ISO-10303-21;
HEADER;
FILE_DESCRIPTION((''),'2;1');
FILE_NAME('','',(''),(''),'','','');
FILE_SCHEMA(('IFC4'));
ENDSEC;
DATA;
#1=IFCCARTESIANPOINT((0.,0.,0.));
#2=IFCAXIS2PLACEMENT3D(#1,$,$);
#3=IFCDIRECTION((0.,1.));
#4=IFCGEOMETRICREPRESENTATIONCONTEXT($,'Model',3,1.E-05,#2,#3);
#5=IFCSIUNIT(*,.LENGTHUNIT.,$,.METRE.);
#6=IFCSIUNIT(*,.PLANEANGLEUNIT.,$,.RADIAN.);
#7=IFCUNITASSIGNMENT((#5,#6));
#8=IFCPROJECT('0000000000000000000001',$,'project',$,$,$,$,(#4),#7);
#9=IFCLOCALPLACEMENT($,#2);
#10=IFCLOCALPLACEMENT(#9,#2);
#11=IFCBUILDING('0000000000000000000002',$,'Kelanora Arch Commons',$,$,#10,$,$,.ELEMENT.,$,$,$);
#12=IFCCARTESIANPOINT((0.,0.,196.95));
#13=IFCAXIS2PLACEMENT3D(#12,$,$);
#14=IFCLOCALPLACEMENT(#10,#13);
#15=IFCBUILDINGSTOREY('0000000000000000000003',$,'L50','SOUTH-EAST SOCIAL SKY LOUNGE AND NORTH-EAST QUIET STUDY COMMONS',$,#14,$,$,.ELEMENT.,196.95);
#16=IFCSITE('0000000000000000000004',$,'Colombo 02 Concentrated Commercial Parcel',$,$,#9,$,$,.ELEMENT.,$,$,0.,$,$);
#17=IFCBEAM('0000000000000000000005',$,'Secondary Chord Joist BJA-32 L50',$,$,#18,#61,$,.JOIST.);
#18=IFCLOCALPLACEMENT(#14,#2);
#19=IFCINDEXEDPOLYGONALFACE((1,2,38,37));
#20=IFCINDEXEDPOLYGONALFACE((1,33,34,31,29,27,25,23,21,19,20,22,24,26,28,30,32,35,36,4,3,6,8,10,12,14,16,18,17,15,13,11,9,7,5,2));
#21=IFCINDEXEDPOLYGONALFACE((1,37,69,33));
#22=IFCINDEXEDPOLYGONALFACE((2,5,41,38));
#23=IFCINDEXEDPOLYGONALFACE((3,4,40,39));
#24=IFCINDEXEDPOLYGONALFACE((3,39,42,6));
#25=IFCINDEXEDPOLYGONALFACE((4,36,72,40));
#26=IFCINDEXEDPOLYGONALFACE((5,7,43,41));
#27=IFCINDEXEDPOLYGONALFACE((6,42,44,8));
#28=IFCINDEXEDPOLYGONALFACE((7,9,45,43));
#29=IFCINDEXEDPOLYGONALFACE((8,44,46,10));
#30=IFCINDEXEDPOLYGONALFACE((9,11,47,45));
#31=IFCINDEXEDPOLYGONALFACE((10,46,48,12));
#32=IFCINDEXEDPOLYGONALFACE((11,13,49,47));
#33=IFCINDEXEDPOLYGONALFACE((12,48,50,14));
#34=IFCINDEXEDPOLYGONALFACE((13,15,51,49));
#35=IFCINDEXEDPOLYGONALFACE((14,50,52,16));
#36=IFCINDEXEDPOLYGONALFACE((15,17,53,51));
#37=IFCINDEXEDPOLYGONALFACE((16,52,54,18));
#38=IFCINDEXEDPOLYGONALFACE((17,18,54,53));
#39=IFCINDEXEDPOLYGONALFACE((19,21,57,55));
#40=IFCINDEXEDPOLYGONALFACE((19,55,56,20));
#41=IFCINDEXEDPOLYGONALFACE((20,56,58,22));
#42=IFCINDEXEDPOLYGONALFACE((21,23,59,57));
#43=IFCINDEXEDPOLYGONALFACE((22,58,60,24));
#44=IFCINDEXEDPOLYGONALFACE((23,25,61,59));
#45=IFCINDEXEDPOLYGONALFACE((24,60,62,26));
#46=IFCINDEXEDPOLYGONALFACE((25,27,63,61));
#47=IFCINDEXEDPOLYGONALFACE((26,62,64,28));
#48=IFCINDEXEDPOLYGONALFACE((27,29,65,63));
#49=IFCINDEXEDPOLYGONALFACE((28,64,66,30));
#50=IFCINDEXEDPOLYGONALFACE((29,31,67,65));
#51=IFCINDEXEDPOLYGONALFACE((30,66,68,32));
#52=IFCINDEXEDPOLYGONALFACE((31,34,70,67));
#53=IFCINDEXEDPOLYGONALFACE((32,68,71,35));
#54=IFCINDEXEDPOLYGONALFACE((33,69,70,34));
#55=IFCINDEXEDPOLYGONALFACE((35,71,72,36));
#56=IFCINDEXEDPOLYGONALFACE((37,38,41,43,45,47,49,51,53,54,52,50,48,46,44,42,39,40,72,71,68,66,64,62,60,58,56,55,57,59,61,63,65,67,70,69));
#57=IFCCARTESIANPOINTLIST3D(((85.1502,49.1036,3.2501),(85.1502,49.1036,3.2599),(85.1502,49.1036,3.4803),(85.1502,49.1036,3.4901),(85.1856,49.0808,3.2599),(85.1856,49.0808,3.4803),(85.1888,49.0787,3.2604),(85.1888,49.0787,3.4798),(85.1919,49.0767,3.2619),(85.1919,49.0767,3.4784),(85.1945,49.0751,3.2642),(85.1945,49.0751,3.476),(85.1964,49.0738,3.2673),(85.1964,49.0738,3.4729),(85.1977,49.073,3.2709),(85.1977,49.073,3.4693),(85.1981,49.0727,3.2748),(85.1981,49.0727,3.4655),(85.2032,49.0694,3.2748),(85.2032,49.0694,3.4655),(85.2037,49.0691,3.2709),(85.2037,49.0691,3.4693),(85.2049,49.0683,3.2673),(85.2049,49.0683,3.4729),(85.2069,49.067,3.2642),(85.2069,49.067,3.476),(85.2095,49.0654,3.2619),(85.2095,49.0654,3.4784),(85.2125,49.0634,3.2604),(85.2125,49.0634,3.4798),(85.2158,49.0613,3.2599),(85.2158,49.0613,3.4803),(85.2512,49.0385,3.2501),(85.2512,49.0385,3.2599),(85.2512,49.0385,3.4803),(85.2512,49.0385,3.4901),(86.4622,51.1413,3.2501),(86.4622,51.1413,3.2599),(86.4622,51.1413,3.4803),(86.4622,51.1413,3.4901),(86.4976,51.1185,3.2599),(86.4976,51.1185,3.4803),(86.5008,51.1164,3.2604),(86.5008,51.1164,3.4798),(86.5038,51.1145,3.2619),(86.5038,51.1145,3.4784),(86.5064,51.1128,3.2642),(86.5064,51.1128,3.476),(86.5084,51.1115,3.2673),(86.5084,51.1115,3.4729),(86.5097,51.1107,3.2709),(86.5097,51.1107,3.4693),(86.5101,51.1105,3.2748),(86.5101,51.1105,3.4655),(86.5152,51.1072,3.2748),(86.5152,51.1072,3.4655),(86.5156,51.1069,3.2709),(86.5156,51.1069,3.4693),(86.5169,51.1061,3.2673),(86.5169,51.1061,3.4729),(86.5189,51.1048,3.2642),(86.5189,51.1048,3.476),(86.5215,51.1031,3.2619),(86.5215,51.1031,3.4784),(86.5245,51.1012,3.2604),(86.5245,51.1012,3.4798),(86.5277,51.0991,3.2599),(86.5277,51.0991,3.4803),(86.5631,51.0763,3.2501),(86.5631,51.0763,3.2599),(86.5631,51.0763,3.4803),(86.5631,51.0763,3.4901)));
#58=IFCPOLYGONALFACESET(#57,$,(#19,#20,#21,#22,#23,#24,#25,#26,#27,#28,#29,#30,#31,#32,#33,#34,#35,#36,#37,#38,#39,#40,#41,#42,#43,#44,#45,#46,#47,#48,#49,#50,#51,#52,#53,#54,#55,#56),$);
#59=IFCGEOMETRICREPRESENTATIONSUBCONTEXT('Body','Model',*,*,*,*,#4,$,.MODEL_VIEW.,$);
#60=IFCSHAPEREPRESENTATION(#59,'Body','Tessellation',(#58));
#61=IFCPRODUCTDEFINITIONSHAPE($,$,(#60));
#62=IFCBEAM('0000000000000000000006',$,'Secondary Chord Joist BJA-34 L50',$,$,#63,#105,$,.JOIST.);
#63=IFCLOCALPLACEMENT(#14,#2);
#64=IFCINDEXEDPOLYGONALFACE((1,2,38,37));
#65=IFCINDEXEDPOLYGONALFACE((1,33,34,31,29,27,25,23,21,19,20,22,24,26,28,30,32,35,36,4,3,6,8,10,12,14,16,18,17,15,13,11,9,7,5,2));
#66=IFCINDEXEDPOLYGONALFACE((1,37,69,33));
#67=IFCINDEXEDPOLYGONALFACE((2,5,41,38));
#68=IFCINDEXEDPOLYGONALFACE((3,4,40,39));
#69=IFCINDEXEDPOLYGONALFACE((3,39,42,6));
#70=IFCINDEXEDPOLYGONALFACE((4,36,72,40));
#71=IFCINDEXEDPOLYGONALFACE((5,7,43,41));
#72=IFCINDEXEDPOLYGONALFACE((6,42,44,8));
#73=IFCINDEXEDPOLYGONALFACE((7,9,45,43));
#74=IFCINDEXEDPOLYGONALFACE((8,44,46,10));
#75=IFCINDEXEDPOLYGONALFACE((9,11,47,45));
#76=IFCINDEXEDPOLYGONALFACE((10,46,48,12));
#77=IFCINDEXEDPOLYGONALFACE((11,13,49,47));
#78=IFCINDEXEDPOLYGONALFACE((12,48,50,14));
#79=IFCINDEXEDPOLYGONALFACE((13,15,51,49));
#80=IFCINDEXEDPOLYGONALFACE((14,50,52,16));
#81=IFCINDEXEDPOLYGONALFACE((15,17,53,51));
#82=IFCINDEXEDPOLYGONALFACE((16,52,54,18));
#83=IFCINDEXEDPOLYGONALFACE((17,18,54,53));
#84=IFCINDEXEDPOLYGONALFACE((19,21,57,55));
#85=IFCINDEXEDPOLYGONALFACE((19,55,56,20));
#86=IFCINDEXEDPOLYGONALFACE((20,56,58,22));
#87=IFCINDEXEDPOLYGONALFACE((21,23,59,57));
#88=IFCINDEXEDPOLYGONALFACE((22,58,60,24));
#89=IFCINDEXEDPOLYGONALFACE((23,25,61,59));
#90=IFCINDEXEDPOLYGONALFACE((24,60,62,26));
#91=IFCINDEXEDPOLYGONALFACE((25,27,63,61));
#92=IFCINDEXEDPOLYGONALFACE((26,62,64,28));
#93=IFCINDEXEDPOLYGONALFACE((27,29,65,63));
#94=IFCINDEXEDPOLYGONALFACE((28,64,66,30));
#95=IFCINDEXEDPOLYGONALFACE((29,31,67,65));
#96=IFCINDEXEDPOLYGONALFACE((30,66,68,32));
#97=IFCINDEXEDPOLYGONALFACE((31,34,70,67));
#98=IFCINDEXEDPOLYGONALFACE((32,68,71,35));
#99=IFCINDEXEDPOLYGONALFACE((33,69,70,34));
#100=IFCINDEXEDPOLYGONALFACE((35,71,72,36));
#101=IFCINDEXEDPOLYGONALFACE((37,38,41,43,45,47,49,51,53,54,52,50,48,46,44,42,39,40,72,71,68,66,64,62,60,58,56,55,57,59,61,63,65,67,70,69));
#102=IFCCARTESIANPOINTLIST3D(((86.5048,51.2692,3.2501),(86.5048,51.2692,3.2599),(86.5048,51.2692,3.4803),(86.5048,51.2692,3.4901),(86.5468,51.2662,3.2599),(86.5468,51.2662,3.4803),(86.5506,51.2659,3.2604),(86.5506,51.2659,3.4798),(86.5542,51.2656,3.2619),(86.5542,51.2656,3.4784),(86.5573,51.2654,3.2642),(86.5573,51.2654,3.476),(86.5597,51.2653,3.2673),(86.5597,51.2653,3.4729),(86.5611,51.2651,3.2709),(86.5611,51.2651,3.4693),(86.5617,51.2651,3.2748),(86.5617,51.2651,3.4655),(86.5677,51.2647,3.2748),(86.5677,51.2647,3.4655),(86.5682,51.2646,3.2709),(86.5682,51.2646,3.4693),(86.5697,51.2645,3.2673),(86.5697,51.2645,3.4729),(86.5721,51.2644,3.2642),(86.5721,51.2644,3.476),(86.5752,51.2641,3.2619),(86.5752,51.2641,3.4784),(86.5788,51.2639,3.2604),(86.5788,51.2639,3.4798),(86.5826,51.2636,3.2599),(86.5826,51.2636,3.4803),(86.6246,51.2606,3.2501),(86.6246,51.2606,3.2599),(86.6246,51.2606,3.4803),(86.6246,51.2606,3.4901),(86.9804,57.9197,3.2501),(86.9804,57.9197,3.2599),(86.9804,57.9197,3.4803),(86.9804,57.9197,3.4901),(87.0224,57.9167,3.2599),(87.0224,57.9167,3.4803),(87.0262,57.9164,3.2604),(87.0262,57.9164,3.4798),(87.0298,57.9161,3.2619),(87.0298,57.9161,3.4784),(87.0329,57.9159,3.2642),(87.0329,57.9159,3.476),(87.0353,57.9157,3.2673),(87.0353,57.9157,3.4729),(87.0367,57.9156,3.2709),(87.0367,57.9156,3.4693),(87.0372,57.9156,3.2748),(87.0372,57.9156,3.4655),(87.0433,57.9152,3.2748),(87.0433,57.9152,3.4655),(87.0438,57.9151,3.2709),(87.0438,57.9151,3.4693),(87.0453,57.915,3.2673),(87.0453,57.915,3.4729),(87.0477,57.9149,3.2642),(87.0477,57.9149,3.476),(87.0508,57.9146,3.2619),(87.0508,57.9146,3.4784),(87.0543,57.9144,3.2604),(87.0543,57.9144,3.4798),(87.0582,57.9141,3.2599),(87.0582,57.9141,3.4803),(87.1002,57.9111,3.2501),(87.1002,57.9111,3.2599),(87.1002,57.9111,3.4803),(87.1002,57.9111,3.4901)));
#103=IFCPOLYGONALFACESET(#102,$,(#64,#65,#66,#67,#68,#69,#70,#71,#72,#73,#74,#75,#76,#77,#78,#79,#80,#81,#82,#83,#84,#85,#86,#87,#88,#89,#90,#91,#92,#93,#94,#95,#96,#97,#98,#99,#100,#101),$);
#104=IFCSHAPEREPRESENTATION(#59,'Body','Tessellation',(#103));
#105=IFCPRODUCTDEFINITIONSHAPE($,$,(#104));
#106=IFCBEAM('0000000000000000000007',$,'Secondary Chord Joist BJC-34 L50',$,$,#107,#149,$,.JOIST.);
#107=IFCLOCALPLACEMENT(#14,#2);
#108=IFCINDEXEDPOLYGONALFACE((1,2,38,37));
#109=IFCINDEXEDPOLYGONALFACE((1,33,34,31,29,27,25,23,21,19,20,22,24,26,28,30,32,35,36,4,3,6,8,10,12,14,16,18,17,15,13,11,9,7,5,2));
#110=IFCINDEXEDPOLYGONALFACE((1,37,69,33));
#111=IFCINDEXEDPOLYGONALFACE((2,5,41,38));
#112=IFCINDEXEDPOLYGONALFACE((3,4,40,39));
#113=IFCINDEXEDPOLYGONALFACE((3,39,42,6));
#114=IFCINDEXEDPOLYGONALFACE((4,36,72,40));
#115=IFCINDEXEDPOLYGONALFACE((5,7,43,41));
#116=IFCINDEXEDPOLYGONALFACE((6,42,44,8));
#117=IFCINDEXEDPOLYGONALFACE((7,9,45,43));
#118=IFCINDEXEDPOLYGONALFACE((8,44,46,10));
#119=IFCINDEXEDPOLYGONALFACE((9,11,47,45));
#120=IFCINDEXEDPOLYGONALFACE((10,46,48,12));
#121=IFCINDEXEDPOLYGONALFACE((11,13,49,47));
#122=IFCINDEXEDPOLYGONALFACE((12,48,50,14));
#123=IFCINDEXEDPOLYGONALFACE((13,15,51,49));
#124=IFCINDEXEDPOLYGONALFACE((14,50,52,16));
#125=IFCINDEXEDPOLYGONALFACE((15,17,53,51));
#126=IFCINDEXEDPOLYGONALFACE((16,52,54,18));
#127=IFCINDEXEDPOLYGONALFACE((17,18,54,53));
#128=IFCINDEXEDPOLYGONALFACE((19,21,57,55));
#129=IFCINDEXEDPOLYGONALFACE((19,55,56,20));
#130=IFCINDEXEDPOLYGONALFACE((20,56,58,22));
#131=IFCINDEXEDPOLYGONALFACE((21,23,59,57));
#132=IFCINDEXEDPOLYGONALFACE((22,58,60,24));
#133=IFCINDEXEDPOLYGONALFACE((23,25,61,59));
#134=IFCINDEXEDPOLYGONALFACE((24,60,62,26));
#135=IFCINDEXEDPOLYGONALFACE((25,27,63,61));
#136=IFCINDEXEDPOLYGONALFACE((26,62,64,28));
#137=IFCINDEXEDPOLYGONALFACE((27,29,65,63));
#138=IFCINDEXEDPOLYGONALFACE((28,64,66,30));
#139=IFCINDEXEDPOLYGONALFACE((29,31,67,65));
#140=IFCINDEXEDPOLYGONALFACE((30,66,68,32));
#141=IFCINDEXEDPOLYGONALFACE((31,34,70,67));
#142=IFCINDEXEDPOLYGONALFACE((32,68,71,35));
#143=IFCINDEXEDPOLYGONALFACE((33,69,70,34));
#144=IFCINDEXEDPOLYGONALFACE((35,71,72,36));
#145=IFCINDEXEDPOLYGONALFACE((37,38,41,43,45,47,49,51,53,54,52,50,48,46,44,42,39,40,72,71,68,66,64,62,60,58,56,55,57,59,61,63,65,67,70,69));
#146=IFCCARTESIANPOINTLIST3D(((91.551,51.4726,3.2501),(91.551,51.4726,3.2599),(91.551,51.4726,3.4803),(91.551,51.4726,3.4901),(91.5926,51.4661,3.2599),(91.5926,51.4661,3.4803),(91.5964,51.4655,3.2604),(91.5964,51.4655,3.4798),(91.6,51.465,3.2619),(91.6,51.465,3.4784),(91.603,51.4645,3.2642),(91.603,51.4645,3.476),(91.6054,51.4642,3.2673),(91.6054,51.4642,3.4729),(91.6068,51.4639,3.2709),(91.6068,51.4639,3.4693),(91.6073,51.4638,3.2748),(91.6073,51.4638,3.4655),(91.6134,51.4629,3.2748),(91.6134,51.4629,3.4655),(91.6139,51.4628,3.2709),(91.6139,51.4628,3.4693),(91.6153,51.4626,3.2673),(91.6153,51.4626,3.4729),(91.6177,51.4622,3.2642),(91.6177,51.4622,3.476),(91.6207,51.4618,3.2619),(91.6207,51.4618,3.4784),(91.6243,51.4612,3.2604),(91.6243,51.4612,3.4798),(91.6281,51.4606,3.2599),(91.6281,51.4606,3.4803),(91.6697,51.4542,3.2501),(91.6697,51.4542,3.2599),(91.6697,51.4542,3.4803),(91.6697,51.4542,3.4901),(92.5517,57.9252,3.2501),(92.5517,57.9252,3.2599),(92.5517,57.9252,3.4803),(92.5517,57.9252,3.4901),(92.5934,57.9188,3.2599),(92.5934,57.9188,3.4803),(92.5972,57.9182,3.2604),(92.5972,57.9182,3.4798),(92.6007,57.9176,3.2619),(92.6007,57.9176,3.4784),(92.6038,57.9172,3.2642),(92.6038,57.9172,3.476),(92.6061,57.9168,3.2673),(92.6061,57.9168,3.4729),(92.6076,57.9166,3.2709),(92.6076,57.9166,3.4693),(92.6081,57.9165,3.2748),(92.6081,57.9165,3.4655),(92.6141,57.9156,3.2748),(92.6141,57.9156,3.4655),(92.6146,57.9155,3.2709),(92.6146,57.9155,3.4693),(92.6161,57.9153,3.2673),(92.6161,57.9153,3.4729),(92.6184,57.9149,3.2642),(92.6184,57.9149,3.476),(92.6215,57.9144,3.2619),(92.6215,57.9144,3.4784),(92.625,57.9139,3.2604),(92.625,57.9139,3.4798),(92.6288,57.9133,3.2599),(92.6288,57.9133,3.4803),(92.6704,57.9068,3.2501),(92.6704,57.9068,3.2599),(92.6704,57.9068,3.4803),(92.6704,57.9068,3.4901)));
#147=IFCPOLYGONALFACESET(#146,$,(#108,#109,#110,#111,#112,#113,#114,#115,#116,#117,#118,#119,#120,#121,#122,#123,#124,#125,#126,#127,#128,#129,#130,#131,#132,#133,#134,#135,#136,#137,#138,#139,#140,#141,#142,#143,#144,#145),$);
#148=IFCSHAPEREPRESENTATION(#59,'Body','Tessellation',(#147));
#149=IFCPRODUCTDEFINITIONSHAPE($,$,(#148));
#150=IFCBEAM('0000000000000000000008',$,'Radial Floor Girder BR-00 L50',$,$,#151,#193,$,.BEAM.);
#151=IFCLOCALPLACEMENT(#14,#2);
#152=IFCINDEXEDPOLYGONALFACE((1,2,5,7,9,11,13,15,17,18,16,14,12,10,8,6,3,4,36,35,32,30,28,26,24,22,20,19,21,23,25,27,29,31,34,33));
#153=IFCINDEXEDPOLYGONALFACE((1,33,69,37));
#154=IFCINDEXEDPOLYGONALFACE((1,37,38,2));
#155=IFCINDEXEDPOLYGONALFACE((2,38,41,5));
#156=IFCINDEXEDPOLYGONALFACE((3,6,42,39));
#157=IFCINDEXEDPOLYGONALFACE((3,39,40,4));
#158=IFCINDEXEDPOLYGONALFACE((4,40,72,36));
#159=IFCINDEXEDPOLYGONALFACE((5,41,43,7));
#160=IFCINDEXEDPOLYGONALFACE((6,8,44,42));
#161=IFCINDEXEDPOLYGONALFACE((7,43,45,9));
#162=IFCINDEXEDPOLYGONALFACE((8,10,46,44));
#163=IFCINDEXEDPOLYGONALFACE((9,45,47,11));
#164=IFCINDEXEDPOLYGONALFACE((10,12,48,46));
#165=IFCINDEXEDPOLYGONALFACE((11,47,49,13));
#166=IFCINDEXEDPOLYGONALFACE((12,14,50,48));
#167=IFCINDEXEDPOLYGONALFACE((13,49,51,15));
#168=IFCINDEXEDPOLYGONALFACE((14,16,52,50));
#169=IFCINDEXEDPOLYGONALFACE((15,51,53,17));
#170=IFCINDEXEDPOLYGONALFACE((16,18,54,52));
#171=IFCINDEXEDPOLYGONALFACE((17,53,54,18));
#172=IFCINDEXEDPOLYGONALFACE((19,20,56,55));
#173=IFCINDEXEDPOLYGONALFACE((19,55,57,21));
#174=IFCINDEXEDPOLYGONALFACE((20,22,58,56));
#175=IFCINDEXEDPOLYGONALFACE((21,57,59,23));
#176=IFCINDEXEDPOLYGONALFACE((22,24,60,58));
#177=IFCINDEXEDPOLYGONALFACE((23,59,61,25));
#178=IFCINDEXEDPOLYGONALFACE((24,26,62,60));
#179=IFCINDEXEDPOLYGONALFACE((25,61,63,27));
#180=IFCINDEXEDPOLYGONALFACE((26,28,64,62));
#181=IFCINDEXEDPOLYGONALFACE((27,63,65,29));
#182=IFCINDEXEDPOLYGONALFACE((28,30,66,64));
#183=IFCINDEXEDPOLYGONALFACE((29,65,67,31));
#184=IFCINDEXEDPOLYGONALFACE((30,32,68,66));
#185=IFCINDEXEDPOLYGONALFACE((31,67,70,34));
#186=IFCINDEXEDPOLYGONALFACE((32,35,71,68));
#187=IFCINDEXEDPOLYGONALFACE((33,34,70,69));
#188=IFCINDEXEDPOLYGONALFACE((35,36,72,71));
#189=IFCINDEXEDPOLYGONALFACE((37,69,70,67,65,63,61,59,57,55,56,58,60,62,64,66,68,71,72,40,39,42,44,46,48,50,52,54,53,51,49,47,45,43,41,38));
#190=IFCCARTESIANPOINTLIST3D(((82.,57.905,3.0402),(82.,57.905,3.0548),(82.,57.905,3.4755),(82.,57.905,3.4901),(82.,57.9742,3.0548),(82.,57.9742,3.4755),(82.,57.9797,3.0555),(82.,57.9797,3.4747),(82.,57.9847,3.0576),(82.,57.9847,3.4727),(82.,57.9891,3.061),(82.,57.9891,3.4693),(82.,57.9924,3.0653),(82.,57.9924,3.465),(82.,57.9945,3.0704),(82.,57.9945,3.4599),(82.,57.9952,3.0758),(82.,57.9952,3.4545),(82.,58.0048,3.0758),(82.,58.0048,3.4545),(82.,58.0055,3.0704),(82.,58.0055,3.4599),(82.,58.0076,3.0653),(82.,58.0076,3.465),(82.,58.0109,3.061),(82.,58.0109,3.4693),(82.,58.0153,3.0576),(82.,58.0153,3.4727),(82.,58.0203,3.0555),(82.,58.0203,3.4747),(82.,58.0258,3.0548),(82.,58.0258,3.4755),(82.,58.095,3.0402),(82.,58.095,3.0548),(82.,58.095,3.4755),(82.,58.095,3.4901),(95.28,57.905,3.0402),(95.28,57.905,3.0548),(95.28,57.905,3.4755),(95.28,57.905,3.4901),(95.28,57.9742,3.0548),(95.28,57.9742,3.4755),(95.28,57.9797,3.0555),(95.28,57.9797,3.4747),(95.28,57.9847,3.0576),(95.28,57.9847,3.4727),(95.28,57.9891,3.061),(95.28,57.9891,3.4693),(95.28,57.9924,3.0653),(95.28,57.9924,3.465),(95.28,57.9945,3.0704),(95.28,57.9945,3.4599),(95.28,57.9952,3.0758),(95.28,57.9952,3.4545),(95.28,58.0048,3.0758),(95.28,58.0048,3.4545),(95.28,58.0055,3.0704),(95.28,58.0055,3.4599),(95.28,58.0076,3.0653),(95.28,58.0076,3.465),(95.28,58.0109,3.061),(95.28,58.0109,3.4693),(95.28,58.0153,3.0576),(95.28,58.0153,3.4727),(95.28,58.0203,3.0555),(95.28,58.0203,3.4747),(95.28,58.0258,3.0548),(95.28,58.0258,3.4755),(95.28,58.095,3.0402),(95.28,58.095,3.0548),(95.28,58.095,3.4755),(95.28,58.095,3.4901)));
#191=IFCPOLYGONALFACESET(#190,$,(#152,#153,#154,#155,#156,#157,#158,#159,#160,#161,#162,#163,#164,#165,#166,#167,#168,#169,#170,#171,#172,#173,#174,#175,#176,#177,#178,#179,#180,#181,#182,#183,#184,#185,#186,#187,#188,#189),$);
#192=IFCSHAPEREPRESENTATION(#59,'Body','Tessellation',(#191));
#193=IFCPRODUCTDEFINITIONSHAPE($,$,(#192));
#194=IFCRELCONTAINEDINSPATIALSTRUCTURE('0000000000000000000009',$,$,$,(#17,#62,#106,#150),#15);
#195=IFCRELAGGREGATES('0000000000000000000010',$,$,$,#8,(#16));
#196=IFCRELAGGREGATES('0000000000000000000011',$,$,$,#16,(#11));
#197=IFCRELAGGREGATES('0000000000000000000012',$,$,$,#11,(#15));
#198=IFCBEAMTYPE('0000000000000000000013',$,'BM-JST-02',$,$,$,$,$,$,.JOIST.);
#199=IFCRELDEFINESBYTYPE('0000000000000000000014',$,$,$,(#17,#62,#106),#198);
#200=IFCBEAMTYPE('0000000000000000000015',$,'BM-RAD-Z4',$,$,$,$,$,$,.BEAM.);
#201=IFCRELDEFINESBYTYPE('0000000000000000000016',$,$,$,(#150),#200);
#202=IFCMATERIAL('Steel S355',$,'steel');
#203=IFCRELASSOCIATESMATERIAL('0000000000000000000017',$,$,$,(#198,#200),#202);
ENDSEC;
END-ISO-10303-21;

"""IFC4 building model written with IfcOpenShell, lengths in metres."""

from ifc_helpers import new_model, si_unit, direction, frame, origin, origin_2d, place, context, subcontext, project, spatial, i_section, extrude, material, material_profile, profile_set, type_object, element, save


model = new_model("IFC4")

# Units and contexts
model_context = context("Model", 3, precision=1e-05, world=origin(), true_north=direction((0.0, 1.0)))
body_context = subcontext(model_context, "Body", "Model", "MODEL_VIEW")
ifc_project = project(units=[si_unit("LENGTHUNIT", "METRE"), si_unit("PLANEANGLEUNIT", "RADIAN")], contexts=[model_context])

# Site, building, storey
site_placement = place(None, origin())
site = spatial("IfcSite", under=ifc_project, at=site_placement, Name="Colombo 02 Concentrated Commercial Parcel", CompositionType="ELEMENT", RefElevation=0.0)
building_placement = place(site_placement, origin())
building = spatial("IfcBuilding", under=site, at=building_placement, Name="Kelanora Arch Commons", CompositionType="ELEMENT")
storey_placement = place(building_placement, frame((0.0, 0.0, 196.95)))
storey = spatial("IfcBuildingStorey", under=building, at=storey_placement, Name="L50", Description="SOUTH-EAST SOCIAL SKY LOUNGE AND NORTH-EAST QUIET STUDY COMMONS", CompositionType="ELEMENT", Elevation=196.95)

# Beams
ifc_material_1 = material(Name="Steel S355", Category="steel")
ifc_material_profile_1 = material_profile(ifc_material_1, i_section(OverallWidth=0.1201, OverallDepth=0.24, WebThickness=0.0061, FlangeThickness=0.0098, FilletRadius=0.0149, at=origin_2d()), Name="IPE240")
ifc_profile_set_1 = profile_set([ifc_material_profile_1], Name="Steel S355")
beam_type_1 = type_object("IfcBeamType", Name="BM-JST-02", PredefinedType="JOIST", material=ifc_profile_set_1)
beam_1_placement = place(storey_placement, frame((85.2007, 49.071, 3.3701), z_axis=(0.541333, 0.840808, 0.0), x_axis=(-0.840808, 0.541333, 0.0)))
element("IfcBeam", 1, at=beam_1_placement, inside=storey, type_object=beam_type_1, Name="Secondary Chord Joist BJA-32 L50", PredefinedType="JOIST", context=body_context, shape_type="SweptSolid", body=[
    extrude(i_section(OverallWidth=0.1201, OverallDepth=0.24, WebThickness=0.0061, FlangeThickness=0.0098, FilletRadius=0.0149, at=origin_2d()), origin(), (0.0, 0.0, 1.0), 2.4236),
])
beam_2_placement = place(storey_placement, frame((86.5647, 51.2649, 3.3701), z_axis=(0.07133, 0.997453, 0.0), x_axis=(-0.997453, 0.07133, 0.0)))
element("IfcBeam", 2, at=beam_2_placement, inside=storey, type_object=beam_type_1, Name="Secondary Chord Joist BJA-34 L50", PredefinedType="JOIST", context=body_context, shape_type="SweptSolid", body=[
    extrude(i_section(OverallWidth=0.1201, OverallDepth=0.24, WebThickness=0.0061, FlangeThickness=0.0098, FilletRadius=0.0149, at=origin_2d()), origin(), (0.0, 0.0, 1.0), 6.6675),
])
beam_3_placement = place(storey_placement, frame((91.6104, 51.4634, 3.3701), z_axis=(0.153257, 0.988186, 0.0), x_axis=(-0.988186, 0.153257, 0.0)))
element("IfcBeam", 3, at=beam_3_placement, inside=storey, type_object=beam_type_1, Name="Secondary Chord Joist BJC-34 L50", PredefinedType="JOIST", context=body_context, shape_type="SweptSolid", body=[
    extrude(i_section(OverallWidth=0.1201, OverallDepth=0.24, WebThickness=0.0061, FlangeThickness=0.0098, FilletRadius=0.0149, at=origin_2d()), origin(), (0.0, 0.0, 1.0), 6.5298),
])
ifc_material_profile_2 = material_profile(ifc_material_1, i_section(OverallWidth=0.1899, OverallDepth=0.45, WebThickness=0.0095, FlangeThickness=0.0146, FilletRadius=0.021, at=origin_2d()), Name="IPE450")
ifc_profile_set_2 = profile_set([ifc_material_profile_2], Name="Steel S355")
beam_type_2 = type_object("IfcBeamType", Name="BM-RAD-Z4", PredefinedType="BEAM", material=ifc_profile_set_2)
beam_4_placement = place(storey_placement, frame((82.0, 58.0, 3.2651), z_axis=(1.0, 0.0, 0.0), x_axis=(0.0, 1.0, 0.0)))
element("IfcBeam", 4, at=beam_4_placement, inside=storey, type_object=beam_type_2, Name="Radial Floor Girder BR-00 L50", PredefinedType="BEAM", context=body_context, shape_type="SweptSolid", body=[
    extrude(i_section(OverallWidth=0.1899, OverallDepth=0.45, WebThickness=0.0095, FlangeThickness=0.0146, FilletRadius=0.021, at=origin_2d()), origin(), (0.0, 0.0, 1.0), 13.28),
])

save(model, "model.ifc")
